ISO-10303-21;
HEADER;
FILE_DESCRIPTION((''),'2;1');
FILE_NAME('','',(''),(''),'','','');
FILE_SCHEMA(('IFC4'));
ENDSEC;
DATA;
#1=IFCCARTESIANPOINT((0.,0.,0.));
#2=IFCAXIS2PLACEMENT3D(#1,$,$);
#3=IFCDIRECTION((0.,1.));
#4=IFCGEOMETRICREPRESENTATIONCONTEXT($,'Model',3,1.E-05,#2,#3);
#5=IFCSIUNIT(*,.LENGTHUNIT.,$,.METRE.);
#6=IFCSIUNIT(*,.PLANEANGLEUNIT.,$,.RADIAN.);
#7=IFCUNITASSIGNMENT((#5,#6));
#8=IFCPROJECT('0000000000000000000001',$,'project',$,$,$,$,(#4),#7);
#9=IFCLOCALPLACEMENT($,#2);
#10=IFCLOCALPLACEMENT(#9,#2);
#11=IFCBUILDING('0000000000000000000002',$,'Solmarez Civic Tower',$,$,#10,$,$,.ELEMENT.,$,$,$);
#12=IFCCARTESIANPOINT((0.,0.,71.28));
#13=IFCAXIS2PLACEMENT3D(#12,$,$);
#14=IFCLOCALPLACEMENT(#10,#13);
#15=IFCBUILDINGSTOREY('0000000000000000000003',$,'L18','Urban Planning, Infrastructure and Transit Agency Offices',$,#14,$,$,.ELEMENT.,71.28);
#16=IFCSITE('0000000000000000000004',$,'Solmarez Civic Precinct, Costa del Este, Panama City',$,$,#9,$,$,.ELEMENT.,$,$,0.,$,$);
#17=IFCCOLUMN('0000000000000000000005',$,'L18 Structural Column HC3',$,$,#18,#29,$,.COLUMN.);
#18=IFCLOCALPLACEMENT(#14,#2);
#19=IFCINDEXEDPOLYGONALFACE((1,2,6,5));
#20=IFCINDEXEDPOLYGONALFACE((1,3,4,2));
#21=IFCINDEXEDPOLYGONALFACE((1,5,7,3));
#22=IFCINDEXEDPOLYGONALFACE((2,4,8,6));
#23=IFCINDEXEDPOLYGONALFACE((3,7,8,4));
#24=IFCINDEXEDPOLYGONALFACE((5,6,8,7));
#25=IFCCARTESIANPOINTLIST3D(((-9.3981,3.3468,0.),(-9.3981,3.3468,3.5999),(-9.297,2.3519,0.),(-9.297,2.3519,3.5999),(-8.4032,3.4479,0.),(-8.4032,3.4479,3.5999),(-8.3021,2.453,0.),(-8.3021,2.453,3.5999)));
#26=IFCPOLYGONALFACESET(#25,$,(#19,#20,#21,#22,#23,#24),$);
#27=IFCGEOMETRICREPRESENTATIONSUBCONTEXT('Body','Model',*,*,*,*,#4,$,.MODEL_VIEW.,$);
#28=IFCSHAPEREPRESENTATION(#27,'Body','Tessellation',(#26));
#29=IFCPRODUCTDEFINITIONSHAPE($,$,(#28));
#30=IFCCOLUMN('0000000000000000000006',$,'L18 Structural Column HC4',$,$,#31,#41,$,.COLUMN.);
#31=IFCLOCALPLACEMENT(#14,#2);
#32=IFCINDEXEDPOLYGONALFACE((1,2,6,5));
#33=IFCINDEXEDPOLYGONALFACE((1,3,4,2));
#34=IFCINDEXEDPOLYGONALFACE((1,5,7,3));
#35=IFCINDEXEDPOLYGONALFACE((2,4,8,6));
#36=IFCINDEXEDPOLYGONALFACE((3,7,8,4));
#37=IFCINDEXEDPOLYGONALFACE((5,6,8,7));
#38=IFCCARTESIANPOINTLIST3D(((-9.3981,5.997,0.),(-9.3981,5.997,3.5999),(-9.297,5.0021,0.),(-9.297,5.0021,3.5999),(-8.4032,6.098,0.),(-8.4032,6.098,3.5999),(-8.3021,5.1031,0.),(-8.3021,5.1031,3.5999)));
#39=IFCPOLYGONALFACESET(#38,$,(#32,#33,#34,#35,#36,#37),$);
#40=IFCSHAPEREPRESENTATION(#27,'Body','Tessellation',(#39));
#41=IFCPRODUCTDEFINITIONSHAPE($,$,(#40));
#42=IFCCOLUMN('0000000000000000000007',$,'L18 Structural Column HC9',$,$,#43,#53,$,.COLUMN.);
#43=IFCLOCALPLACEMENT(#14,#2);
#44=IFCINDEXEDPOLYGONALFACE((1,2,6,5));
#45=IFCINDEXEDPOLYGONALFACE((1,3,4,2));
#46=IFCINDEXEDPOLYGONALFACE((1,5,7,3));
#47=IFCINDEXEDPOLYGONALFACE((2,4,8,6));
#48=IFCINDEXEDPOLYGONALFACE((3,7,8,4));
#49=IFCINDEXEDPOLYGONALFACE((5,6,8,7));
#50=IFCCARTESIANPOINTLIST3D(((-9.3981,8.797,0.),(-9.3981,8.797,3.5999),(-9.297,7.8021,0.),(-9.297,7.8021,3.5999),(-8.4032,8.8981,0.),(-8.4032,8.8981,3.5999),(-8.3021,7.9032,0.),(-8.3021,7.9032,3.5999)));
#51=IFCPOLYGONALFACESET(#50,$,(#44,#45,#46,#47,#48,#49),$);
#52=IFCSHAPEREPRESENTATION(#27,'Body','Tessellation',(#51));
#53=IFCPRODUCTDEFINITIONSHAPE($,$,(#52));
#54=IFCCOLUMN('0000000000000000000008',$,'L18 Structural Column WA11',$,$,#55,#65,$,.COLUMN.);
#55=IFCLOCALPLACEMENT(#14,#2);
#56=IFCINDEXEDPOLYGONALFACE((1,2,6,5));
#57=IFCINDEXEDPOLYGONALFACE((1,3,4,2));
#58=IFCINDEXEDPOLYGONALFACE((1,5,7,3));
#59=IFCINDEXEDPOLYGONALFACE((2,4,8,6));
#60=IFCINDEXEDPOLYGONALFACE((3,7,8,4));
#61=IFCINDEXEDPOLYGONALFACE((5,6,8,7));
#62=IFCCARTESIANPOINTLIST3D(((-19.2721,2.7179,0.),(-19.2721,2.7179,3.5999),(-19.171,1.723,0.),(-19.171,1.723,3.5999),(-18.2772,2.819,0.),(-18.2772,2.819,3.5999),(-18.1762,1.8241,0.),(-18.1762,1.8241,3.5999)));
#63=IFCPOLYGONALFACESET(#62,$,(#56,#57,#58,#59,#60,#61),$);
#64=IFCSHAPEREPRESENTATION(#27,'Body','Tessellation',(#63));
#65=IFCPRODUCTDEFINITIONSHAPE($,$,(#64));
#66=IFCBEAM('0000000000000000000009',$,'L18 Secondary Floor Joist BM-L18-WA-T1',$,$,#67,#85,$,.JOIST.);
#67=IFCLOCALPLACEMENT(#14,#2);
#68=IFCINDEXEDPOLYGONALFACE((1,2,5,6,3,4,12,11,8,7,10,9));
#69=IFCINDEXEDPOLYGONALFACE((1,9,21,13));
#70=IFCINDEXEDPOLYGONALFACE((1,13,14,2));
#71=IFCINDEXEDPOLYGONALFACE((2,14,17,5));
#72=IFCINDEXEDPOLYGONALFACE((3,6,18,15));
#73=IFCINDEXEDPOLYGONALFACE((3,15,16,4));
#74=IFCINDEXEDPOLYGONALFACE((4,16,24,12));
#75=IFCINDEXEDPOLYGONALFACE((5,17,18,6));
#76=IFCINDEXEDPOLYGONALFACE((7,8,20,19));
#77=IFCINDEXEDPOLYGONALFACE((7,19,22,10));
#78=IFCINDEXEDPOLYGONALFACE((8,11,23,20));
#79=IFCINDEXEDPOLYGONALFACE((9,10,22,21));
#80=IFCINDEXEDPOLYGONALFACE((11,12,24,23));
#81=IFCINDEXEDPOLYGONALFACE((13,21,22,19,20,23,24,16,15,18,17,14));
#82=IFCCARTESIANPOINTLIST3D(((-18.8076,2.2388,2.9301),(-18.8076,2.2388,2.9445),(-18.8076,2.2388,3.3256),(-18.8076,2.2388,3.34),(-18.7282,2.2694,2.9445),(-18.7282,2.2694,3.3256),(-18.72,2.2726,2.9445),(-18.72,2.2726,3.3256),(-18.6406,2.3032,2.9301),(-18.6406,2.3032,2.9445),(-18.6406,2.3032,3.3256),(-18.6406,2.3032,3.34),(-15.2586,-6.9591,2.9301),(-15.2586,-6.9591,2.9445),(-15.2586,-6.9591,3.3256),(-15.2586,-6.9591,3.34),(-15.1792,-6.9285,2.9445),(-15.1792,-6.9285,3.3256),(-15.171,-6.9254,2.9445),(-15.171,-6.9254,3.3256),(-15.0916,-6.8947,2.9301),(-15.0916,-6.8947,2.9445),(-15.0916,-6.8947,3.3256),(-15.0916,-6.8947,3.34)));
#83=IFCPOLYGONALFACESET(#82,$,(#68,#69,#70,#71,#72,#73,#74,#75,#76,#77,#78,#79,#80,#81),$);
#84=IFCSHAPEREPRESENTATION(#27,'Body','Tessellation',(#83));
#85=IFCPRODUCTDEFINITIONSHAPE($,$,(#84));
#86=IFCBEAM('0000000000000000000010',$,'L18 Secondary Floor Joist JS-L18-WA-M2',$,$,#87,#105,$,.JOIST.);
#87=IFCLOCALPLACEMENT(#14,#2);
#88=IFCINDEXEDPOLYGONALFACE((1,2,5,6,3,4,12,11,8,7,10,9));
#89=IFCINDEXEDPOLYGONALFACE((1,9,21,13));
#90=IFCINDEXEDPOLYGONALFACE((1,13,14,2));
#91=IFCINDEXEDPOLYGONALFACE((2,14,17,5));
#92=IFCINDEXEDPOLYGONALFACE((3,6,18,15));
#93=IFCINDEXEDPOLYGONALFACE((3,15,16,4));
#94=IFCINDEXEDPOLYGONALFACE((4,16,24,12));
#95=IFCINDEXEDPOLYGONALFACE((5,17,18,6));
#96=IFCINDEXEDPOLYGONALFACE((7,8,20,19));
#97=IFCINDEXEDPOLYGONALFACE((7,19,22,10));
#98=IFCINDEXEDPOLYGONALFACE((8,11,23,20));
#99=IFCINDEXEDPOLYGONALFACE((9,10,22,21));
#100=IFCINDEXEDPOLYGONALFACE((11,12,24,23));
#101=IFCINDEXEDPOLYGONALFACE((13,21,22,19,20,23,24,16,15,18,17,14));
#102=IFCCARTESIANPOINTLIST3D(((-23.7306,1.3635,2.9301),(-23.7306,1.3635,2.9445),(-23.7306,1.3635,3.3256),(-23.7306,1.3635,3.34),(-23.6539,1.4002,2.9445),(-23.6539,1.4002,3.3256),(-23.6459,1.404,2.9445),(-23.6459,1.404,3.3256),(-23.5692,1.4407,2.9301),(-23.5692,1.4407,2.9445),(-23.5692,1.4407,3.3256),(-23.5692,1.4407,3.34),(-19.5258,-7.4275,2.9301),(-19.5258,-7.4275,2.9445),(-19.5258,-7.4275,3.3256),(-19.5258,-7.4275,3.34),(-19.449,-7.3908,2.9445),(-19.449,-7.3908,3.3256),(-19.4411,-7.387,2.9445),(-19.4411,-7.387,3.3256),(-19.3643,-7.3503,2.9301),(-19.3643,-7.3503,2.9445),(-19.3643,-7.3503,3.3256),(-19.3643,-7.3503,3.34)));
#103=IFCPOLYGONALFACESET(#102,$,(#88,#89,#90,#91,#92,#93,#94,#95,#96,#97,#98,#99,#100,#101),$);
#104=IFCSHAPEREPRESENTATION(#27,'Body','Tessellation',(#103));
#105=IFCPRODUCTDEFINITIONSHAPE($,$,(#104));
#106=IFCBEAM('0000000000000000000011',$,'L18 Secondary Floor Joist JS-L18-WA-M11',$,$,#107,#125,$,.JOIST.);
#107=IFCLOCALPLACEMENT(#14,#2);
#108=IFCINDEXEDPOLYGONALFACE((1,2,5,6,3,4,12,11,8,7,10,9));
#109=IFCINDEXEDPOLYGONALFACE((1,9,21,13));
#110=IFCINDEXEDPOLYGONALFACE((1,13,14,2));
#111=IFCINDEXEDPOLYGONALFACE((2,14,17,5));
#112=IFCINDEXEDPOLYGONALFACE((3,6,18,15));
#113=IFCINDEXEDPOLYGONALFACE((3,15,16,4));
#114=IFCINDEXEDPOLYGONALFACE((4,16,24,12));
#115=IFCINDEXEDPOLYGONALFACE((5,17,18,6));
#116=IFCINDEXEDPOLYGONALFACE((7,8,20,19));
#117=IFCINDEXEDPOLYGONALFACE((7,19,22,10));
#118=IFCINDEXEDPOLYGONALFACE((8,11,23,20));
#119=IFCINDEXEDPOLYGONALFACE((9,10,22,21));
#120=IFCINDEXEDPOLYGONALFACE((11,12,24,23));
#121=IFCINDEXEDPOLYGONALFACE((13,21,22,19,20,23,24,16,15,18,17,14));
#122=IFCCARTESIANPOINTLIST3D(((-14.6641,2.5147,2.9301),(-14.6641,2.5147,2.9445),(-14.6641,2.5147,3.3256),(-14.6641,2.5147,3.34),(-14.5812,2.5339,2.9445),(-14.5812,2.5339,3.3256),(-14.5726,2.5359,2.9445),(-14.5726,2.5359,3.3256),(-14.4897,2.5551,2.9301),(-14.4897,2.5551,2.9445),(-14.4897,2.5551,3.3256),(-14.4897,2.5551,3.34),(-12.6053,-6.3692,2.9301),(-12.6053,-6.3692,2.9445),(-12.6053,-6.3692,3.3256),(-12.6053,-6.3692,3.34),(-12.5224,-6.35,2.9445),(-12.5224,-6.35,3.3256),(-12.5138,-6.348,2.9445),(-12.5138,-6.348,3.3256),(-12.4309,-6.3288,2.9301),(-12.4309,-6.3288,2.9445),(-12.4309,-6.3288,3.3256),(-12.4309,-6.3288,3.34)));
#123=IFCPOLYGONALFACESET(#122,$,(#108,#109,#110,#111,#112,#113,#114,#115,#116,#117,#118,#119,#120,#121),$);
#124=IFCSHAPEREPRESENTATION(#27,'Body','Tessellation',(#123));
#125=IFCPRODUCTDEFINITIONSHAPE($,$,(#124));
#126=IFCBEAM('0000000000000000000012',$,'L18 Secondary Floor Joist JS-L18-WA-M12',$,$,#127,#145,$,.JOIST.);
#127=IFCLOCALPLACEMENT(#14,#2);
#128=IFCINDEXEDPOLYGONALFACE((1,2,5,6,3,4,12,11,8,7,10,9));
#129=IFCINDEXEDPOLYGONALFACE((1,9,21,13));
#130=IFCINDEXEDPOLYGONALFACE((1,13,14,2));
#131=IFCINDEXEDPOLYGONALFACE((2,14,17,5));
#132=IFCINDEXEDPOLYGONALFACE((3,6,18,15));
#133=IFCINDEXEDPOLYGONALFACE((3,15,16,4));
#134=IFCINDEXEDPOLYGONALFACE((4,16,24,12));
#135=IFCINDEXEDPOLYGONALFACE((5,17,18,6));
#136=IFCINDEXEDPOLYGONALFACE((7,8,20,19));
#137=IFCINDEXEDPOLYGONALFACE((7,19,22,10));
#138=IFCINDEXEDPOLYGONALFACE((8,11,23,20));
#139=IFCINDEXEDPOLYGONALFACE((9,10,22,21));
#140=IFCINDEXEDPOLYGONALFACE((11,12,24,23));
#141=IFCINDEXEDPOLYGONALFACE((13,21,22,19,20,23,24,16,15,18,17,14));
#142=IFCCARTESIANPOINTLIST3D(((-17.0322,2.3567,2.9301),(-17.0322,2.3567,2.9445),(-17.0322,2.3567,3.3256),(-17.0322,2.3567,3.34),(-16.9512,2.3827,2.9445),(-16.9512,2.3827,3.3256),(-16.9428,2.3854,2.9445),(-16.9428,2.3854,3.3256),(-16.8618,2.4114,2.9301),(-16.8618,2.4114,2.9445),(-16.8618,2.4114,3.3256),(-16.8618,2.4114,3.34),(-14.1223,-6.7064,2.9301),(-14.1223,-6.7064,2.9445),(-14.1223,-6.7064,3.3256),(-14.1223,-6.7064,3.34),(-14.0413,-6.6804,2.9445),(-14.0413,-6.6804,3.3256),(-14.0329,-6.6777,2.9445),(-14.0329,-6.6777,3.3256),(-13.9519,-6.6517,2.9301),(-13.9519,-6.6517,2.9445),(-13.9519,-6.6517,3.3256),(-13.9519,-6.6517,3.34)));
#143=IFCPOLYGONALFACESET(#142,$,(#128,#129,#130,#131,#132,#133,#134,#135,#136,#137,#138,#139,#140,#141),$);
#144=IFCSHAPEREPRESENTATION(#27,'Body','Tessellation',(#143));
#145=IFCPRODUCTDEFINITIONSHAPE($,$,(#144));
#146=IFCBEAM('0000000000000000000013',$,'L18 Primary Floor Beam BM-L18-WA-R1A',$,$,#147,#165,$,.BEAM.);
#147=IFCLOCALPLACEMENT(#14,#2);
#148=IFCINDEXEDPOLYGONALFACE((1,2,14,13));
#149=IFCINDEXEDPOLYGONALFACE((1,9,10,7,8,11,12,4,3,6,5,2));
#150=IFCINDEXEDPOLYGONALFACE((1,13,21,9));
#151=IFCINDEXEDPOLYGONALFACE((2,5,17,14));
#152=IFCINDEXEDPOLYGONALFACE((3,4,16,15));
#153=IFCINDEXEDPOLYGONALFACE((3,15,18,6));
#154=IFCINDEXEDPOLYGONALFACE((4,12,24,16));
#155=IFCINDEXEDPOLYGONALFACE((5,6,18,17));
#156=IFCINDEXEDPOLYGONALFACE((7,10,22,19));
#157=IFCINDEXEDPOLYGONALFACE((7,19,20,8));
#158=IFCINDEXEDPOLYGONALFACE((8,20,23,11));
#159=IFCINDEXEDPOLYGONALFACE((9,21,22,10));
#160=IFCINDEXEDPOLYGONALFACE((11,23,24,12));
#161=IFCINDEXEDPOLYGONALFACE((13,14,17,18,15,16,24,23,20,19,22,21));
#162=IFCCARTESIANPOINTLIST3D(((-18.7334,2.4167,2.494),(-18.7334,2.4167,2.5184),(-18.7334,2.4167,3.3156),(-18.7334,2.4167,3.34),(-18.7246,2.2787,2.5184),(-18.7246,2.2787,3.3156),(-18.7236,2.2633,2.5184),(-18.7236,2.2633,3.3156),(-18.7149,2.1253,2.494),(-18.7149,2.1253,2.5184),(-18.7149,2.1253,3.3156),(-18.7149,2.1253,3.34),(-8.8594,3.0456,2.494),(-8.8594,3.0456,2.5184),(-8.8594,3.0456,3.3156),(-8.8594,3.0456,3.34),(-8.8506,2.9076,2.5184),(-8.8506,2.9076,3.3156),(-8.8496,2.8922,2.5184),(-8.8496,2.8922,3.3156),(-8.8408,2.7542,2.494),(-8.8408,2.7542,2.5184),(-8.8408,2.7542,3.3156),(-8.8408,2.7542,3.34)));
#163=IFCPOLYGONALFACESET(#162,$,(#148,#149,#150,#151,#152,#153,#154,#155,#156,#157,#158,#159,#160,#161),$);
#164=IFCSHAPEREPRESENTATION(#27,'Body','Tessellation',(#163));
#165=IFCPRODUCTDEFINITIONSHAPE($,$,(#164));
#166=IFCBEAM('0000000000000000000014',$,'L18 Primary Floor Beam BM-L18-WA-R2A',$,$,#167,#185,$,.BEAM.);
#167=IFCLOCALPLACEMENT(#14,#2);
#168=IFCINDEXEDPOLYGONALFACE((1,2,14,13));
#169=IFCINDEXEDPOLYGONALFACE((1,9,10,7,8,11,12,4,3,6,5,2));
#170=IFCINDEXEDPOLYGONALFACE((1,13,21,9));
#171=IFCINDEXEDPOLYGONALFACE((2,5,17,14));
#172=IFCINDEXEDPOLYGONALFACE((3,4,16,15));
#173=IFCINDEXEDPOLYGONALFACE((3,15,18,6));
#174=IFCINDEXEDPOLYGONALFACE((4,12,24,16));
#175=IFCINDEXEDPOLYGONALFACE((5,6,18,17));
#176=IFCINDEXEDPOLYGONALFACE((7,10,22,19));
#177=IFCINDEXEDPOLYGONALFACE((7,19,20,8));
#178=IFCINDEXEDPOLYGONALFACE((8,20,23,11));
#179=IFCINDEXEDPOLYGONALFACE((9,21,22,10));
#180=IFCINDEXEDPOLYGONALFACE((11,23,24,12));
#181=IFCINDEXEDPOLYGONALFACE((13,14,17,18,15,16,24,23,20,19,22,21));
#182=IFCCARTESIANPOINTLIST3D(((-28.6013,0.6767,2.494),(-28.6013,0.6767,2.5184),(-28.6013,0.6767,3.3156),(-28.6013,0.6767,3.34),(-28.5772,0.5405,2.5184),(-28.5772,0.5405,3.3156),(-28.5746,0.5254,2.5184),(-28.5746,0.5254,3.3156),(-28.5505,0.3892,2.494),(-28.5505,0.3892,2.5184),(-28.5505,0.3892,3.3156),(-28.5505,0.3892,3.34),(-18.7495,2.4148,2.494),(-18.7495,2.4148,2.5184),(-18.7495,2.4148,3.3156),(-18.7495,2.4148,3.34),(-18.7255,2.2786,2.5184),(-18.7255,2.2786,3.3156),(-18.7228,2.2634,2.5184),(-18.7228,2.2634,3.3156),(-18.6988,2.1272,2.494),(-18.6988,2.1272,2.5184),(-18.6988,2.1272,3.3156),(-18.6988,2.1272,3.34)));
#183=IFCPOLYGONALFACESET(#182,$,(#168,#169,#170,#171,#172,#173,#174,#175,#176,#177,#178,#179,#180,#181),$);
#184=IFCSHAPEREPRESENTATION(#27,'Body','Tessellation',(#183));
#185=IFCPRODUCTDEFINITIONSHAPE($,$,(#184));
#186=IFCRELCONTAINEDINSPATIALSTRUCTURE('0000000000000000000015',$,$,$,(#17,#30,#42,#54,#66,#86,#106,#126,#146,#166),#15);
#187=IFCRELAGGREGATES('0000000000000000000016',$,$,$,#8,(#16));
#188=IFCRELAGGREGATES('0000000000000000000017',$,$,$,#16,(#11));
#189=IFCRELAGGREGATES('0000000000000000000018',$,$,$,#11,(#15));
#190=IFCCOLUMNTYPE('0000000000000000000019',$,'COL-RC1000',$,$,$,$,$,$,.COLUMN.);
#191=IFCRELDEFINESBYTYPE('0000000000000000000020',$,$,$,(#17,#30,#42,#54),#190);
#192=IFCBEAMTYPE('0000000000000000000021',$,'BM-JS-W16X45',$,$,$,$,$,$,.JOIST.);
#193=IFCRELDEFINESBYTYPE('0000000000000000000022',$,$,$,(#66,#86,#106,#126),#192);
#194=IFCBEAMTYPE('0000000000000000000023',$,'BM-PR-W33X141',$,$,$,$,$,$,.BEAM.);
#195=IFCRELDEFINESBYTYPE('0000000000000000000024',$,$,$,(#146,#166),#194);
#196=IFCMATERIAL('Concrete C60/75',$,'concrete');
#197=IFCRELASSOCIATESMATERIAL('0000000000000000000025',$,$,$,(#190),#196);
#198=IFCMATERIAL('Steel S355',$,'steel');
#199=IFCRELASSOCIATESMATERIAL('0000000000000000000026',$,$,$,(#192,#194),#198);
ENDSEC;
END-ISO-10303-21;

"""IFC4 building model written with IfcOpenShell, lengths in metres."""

from ifc_helpers import new_model, si_unit, direction, frame, origin, origin_2d, place, context, subcontext, project, spatial, rectangle, i_section, extrude, material, material_profile, profile_set, type_object, element, save


model = new_model("IFC4")

# Units and contexts
model_context = context("Model", 3, precision=1e-05, world=origin(), true_north=direction((0.0, 1.0)))
body_context = subcontext(model_context, "Body", "Model", "MODEL_VIEW")
ifc_project = project(units=[si_unit("LENGTHUNIT", "METRE"), si_unit("PLANEANGLEUNIT", "RADIAN")], contexts=[model_context])

# Site, building, storey
site_placement = place(None, origin())
site = spatial("IfcSite", under=ifc_project, at=site_placement, Name="Solmarez Civic Precinct, Costa del Este, Panama City", CompositionType="ELEMENT", RefElevation=0.0)
building_placement = place(site_placement, origin())
building = spatial("IfcBuilding", under=site, at=building_placement, Name="Solmarez Civic Tower", CompositionType="ELEMENT")
storey_placement = place(building_placement, frame((0.0, 0.0, 71.28)))
storey = spatial("IfcBuildingStorey", under=building, at=storey_placement, Name="L18", Description="Urban Planning, Infrastructure and Transit Agency Offices", CompositionType="ELEMENT", Elevation=71.28)

# Columns
ifc_material_1 = material(Name="Concrete C60/75", Category="concrete")
ifc_material_profile_1 = material_profile(ifc_material_1, rectangle(XDim=1.0, YDim=1.0, at=origin_2d()), Name="RC1000X1000")
ifc_profile_set_1 = profile_set([ifc_material_profile_1], Name="Concrete C60/75")
column_type = type_object("IfcColumnType", Name="COL-RC1000", PredefinedType="COLUMN", material=ifc_profile_set_1)
for number, where, z_axis, x_axis, name in (
    (1, (-8.8501, 2.8999, 0.0), (0.0, 0.0, 1.0), (0.994881, 0.101056, 0.0), "L18 Structural Column HC3"),
    (2, (-8.8501, 5.55, 0.0), (0.0, 0.0, 1.0), (0.994881, 0.101056, 0.0), "L18 Structural Column HC4"),
    (3, (-8.8501, 8.3501, 0.0), (0.0, 0.0, 1.0), (0.994881, 0.101056, 0.0), "L18 Structural Column HC9"),
    (4, (-18.7241, 2.271, 0.0), (0.0, 0.0, 1.0), (0.994881, 0.101056, 0.0), "L18 Structural Column WA11"),
):
    element("IfcColumn", number, at=place(storey_placement, frame(where, z_axis=z_axis, x_axis=x_axis)), inside=storey, type_object=column_type, Name=name, PredefinedType="COLUMN", context=body_context, shape_type="SweptSolid", body=[
        extrude(rectangle(XDim=1.0, YDim=1.0, at=origin_2d()), origin(), (0.0, 0.0, 1.0), 3.5999),
    ])

# Beams
ifc_material_2 = material(Name="Steel S355", Category="steel")
ifc_material_profile_2 = material_profile(ifc_material_2, i_section(OverallWidth=0.179, OverallDepth=0.4099, WebThickness=0.0088, FlangeThickness=0.0144, at=origin_2d()), Name="W16X45")
ifc_profile_set_2 = profile_set([ifc_material_profile_2], Name="Steel S355")
beam_type_1 = type_object("IfcBeamType", Name="BM-JS-W16X45", PredefinedType="JOIST", material=ifc_profile_set_2)
beam_1_placement = place(storey_placement, frame((-18.7241, 2.271, 3.135), z_axis=(0.359984, -0.932958, 0.0), x_axis=(0.932958, 0.359984, 0.0)))
element("IfcBeam", 5, at=beam_1_placement, inside=storey, type_object=beam_type_1, Name="L18 Secondary Floor Joist BM-L18-WA-T1", PredefinedType="JOIST", context=body_context, shape_type="SweptSolid", body=[
    extrude(i_section(OverallWidth=0.179, OverallDepth=0.4099, WebThickness=0.0088, FlangeThickness=0.0144, at=origin_2d()), origin(), (0.0, 0.0, 1.0), 9.8589),
])
beam_2_placement = place(storey_placement, frame((-23.6499, 1.4021, 3.135), z_axis=(0.431492, -0.902117, 0.0), x_axis=(0.902117, 0.431492, 0.0)))
element("IfcBeam", 6, at=beam_2_placement, inside=storey, type_object=beam_type_1, Name="L18 Secondary Floor Joist JS-L18-WA-M2", PredefinedType="JOIST", context=body_context, shape_type="SweptSolid", body=[
    extrude(i_section(OverallWidth=0.179, OverallDepth=0.4099, WebThickness=0.0088, FlangeThickness=0.0144, at=origin_2d()), origin(), (0.0, 0.0, 1.0), 9.7449),
])
beam_3_placement = place(storey_placement, frame((-14.5769, 2.5349, 3.135), z_axis=(0.225763, -0.974182, 0.0), x_axis=(0.974182, 0.225763, 0.0)))
element("IfcBeam", 7, at=beam_3_placement, inside=storey, type_object=beam_type_1, Name="L18 Secondary Floor Joist JS-L18-WA-M11", PredefinedType="JOIST", context=body_context, shape_type="SweptSolid", body=[
    extrude(i_section(OverallWidth=0.179, OverallDepth=0.4099, WebThickness=0.0088, FlangeThickness=0.0144, at=origin_2d()), origin(), (0.0, 0.0, 1.0), 9.1194),
])
beam_4_placement = place(storey_placement, frame((-16.947, 2.384, 3.135), z_axis=(0.305705, -0.952126, 0.0), x_axis=(0.952126, 0.305705, 0.0)))
element("IfcBeam", 8, at=beam_4_placement, inside=storey, type_object=beam_type_1, Name="L18 Secondary Floor Joist JS-L18-WA-M12", PredefinedType="JOIST", context=body_context, shape_type="SweptSolid", body=[
    extrude(i_section(OverallWidth=0.179, OverallDepth=0.4099, WebThickness=0.0088, FlangeThickness=0.0144, at=origin_2d()), origin(), (0.0, 0.0, 1.0), 9.5188),
])
ifc_material_profile_3 = material_profile(ifc_material_2, i_section(OverallWidth=0.292, OverallDepth=0.8459, WebThickness=0.0154, FlangeThickness=0.0244, at=origin_2d()), Name="W33X141")
ifc_profile_set_3 = profile_set([ifc_material_profile_3], Name="Steel S355")
beam_type_2 = type_object("IfcBeamType", Name="BM-PR-W33X141", PredefinedType="BEAM", material=ifc_profile_set_3)
beam_5_placement = place(storey_placement, frame((-8.8501, 2.8999, 2.917), z_axis=(-0.997978, -0.063564, 0.0), x_axis=(0.063564, -0.997978, 0.0)))
element("IfcBeam", 9, at=beam_5_placement, inside=storey, type_object=beam_type_2, Name="L18 Primary Floor Beam BM-L18-WA-R1A", PredefinedType="BEAM", context=body_context, shape_type="SweptSolid", body=[
    extrude(i_section(OverallWidth=0.292, OverallDepth=0.8459, WebThickness=0.0154, FlangeThickness=0.0244, at=origin_2d()), origin(), (0.0, 0.0, 1.0), 9.894),
])
beam_6_placement = place(storey_placement, frame((-18.7241, 2.271, 2.917), z_axis=(-0.984792, -0.173735, 0.0), x_axis=(0.173735, -0.984792, 0.0)))
element("IfcBeam", 10, at=beam_6_placement, inside=storey, type_object=beam_type_2, Name="L18 Primary Floor Beam BM-L18-WA-R2A", PredefinedType="BEAM", context=body_context, shape_type="SweptSolid", body=[
    extrude(i_section(OverallWidth=0.292, OverallDepth=0.8459, WebThickness=0.0154, FlangeThickness=0.0244, at=origin_2d()), origin(), (0.0, 0.0, 1.0), 10.0039),
])

save(model, "model.ifc")
